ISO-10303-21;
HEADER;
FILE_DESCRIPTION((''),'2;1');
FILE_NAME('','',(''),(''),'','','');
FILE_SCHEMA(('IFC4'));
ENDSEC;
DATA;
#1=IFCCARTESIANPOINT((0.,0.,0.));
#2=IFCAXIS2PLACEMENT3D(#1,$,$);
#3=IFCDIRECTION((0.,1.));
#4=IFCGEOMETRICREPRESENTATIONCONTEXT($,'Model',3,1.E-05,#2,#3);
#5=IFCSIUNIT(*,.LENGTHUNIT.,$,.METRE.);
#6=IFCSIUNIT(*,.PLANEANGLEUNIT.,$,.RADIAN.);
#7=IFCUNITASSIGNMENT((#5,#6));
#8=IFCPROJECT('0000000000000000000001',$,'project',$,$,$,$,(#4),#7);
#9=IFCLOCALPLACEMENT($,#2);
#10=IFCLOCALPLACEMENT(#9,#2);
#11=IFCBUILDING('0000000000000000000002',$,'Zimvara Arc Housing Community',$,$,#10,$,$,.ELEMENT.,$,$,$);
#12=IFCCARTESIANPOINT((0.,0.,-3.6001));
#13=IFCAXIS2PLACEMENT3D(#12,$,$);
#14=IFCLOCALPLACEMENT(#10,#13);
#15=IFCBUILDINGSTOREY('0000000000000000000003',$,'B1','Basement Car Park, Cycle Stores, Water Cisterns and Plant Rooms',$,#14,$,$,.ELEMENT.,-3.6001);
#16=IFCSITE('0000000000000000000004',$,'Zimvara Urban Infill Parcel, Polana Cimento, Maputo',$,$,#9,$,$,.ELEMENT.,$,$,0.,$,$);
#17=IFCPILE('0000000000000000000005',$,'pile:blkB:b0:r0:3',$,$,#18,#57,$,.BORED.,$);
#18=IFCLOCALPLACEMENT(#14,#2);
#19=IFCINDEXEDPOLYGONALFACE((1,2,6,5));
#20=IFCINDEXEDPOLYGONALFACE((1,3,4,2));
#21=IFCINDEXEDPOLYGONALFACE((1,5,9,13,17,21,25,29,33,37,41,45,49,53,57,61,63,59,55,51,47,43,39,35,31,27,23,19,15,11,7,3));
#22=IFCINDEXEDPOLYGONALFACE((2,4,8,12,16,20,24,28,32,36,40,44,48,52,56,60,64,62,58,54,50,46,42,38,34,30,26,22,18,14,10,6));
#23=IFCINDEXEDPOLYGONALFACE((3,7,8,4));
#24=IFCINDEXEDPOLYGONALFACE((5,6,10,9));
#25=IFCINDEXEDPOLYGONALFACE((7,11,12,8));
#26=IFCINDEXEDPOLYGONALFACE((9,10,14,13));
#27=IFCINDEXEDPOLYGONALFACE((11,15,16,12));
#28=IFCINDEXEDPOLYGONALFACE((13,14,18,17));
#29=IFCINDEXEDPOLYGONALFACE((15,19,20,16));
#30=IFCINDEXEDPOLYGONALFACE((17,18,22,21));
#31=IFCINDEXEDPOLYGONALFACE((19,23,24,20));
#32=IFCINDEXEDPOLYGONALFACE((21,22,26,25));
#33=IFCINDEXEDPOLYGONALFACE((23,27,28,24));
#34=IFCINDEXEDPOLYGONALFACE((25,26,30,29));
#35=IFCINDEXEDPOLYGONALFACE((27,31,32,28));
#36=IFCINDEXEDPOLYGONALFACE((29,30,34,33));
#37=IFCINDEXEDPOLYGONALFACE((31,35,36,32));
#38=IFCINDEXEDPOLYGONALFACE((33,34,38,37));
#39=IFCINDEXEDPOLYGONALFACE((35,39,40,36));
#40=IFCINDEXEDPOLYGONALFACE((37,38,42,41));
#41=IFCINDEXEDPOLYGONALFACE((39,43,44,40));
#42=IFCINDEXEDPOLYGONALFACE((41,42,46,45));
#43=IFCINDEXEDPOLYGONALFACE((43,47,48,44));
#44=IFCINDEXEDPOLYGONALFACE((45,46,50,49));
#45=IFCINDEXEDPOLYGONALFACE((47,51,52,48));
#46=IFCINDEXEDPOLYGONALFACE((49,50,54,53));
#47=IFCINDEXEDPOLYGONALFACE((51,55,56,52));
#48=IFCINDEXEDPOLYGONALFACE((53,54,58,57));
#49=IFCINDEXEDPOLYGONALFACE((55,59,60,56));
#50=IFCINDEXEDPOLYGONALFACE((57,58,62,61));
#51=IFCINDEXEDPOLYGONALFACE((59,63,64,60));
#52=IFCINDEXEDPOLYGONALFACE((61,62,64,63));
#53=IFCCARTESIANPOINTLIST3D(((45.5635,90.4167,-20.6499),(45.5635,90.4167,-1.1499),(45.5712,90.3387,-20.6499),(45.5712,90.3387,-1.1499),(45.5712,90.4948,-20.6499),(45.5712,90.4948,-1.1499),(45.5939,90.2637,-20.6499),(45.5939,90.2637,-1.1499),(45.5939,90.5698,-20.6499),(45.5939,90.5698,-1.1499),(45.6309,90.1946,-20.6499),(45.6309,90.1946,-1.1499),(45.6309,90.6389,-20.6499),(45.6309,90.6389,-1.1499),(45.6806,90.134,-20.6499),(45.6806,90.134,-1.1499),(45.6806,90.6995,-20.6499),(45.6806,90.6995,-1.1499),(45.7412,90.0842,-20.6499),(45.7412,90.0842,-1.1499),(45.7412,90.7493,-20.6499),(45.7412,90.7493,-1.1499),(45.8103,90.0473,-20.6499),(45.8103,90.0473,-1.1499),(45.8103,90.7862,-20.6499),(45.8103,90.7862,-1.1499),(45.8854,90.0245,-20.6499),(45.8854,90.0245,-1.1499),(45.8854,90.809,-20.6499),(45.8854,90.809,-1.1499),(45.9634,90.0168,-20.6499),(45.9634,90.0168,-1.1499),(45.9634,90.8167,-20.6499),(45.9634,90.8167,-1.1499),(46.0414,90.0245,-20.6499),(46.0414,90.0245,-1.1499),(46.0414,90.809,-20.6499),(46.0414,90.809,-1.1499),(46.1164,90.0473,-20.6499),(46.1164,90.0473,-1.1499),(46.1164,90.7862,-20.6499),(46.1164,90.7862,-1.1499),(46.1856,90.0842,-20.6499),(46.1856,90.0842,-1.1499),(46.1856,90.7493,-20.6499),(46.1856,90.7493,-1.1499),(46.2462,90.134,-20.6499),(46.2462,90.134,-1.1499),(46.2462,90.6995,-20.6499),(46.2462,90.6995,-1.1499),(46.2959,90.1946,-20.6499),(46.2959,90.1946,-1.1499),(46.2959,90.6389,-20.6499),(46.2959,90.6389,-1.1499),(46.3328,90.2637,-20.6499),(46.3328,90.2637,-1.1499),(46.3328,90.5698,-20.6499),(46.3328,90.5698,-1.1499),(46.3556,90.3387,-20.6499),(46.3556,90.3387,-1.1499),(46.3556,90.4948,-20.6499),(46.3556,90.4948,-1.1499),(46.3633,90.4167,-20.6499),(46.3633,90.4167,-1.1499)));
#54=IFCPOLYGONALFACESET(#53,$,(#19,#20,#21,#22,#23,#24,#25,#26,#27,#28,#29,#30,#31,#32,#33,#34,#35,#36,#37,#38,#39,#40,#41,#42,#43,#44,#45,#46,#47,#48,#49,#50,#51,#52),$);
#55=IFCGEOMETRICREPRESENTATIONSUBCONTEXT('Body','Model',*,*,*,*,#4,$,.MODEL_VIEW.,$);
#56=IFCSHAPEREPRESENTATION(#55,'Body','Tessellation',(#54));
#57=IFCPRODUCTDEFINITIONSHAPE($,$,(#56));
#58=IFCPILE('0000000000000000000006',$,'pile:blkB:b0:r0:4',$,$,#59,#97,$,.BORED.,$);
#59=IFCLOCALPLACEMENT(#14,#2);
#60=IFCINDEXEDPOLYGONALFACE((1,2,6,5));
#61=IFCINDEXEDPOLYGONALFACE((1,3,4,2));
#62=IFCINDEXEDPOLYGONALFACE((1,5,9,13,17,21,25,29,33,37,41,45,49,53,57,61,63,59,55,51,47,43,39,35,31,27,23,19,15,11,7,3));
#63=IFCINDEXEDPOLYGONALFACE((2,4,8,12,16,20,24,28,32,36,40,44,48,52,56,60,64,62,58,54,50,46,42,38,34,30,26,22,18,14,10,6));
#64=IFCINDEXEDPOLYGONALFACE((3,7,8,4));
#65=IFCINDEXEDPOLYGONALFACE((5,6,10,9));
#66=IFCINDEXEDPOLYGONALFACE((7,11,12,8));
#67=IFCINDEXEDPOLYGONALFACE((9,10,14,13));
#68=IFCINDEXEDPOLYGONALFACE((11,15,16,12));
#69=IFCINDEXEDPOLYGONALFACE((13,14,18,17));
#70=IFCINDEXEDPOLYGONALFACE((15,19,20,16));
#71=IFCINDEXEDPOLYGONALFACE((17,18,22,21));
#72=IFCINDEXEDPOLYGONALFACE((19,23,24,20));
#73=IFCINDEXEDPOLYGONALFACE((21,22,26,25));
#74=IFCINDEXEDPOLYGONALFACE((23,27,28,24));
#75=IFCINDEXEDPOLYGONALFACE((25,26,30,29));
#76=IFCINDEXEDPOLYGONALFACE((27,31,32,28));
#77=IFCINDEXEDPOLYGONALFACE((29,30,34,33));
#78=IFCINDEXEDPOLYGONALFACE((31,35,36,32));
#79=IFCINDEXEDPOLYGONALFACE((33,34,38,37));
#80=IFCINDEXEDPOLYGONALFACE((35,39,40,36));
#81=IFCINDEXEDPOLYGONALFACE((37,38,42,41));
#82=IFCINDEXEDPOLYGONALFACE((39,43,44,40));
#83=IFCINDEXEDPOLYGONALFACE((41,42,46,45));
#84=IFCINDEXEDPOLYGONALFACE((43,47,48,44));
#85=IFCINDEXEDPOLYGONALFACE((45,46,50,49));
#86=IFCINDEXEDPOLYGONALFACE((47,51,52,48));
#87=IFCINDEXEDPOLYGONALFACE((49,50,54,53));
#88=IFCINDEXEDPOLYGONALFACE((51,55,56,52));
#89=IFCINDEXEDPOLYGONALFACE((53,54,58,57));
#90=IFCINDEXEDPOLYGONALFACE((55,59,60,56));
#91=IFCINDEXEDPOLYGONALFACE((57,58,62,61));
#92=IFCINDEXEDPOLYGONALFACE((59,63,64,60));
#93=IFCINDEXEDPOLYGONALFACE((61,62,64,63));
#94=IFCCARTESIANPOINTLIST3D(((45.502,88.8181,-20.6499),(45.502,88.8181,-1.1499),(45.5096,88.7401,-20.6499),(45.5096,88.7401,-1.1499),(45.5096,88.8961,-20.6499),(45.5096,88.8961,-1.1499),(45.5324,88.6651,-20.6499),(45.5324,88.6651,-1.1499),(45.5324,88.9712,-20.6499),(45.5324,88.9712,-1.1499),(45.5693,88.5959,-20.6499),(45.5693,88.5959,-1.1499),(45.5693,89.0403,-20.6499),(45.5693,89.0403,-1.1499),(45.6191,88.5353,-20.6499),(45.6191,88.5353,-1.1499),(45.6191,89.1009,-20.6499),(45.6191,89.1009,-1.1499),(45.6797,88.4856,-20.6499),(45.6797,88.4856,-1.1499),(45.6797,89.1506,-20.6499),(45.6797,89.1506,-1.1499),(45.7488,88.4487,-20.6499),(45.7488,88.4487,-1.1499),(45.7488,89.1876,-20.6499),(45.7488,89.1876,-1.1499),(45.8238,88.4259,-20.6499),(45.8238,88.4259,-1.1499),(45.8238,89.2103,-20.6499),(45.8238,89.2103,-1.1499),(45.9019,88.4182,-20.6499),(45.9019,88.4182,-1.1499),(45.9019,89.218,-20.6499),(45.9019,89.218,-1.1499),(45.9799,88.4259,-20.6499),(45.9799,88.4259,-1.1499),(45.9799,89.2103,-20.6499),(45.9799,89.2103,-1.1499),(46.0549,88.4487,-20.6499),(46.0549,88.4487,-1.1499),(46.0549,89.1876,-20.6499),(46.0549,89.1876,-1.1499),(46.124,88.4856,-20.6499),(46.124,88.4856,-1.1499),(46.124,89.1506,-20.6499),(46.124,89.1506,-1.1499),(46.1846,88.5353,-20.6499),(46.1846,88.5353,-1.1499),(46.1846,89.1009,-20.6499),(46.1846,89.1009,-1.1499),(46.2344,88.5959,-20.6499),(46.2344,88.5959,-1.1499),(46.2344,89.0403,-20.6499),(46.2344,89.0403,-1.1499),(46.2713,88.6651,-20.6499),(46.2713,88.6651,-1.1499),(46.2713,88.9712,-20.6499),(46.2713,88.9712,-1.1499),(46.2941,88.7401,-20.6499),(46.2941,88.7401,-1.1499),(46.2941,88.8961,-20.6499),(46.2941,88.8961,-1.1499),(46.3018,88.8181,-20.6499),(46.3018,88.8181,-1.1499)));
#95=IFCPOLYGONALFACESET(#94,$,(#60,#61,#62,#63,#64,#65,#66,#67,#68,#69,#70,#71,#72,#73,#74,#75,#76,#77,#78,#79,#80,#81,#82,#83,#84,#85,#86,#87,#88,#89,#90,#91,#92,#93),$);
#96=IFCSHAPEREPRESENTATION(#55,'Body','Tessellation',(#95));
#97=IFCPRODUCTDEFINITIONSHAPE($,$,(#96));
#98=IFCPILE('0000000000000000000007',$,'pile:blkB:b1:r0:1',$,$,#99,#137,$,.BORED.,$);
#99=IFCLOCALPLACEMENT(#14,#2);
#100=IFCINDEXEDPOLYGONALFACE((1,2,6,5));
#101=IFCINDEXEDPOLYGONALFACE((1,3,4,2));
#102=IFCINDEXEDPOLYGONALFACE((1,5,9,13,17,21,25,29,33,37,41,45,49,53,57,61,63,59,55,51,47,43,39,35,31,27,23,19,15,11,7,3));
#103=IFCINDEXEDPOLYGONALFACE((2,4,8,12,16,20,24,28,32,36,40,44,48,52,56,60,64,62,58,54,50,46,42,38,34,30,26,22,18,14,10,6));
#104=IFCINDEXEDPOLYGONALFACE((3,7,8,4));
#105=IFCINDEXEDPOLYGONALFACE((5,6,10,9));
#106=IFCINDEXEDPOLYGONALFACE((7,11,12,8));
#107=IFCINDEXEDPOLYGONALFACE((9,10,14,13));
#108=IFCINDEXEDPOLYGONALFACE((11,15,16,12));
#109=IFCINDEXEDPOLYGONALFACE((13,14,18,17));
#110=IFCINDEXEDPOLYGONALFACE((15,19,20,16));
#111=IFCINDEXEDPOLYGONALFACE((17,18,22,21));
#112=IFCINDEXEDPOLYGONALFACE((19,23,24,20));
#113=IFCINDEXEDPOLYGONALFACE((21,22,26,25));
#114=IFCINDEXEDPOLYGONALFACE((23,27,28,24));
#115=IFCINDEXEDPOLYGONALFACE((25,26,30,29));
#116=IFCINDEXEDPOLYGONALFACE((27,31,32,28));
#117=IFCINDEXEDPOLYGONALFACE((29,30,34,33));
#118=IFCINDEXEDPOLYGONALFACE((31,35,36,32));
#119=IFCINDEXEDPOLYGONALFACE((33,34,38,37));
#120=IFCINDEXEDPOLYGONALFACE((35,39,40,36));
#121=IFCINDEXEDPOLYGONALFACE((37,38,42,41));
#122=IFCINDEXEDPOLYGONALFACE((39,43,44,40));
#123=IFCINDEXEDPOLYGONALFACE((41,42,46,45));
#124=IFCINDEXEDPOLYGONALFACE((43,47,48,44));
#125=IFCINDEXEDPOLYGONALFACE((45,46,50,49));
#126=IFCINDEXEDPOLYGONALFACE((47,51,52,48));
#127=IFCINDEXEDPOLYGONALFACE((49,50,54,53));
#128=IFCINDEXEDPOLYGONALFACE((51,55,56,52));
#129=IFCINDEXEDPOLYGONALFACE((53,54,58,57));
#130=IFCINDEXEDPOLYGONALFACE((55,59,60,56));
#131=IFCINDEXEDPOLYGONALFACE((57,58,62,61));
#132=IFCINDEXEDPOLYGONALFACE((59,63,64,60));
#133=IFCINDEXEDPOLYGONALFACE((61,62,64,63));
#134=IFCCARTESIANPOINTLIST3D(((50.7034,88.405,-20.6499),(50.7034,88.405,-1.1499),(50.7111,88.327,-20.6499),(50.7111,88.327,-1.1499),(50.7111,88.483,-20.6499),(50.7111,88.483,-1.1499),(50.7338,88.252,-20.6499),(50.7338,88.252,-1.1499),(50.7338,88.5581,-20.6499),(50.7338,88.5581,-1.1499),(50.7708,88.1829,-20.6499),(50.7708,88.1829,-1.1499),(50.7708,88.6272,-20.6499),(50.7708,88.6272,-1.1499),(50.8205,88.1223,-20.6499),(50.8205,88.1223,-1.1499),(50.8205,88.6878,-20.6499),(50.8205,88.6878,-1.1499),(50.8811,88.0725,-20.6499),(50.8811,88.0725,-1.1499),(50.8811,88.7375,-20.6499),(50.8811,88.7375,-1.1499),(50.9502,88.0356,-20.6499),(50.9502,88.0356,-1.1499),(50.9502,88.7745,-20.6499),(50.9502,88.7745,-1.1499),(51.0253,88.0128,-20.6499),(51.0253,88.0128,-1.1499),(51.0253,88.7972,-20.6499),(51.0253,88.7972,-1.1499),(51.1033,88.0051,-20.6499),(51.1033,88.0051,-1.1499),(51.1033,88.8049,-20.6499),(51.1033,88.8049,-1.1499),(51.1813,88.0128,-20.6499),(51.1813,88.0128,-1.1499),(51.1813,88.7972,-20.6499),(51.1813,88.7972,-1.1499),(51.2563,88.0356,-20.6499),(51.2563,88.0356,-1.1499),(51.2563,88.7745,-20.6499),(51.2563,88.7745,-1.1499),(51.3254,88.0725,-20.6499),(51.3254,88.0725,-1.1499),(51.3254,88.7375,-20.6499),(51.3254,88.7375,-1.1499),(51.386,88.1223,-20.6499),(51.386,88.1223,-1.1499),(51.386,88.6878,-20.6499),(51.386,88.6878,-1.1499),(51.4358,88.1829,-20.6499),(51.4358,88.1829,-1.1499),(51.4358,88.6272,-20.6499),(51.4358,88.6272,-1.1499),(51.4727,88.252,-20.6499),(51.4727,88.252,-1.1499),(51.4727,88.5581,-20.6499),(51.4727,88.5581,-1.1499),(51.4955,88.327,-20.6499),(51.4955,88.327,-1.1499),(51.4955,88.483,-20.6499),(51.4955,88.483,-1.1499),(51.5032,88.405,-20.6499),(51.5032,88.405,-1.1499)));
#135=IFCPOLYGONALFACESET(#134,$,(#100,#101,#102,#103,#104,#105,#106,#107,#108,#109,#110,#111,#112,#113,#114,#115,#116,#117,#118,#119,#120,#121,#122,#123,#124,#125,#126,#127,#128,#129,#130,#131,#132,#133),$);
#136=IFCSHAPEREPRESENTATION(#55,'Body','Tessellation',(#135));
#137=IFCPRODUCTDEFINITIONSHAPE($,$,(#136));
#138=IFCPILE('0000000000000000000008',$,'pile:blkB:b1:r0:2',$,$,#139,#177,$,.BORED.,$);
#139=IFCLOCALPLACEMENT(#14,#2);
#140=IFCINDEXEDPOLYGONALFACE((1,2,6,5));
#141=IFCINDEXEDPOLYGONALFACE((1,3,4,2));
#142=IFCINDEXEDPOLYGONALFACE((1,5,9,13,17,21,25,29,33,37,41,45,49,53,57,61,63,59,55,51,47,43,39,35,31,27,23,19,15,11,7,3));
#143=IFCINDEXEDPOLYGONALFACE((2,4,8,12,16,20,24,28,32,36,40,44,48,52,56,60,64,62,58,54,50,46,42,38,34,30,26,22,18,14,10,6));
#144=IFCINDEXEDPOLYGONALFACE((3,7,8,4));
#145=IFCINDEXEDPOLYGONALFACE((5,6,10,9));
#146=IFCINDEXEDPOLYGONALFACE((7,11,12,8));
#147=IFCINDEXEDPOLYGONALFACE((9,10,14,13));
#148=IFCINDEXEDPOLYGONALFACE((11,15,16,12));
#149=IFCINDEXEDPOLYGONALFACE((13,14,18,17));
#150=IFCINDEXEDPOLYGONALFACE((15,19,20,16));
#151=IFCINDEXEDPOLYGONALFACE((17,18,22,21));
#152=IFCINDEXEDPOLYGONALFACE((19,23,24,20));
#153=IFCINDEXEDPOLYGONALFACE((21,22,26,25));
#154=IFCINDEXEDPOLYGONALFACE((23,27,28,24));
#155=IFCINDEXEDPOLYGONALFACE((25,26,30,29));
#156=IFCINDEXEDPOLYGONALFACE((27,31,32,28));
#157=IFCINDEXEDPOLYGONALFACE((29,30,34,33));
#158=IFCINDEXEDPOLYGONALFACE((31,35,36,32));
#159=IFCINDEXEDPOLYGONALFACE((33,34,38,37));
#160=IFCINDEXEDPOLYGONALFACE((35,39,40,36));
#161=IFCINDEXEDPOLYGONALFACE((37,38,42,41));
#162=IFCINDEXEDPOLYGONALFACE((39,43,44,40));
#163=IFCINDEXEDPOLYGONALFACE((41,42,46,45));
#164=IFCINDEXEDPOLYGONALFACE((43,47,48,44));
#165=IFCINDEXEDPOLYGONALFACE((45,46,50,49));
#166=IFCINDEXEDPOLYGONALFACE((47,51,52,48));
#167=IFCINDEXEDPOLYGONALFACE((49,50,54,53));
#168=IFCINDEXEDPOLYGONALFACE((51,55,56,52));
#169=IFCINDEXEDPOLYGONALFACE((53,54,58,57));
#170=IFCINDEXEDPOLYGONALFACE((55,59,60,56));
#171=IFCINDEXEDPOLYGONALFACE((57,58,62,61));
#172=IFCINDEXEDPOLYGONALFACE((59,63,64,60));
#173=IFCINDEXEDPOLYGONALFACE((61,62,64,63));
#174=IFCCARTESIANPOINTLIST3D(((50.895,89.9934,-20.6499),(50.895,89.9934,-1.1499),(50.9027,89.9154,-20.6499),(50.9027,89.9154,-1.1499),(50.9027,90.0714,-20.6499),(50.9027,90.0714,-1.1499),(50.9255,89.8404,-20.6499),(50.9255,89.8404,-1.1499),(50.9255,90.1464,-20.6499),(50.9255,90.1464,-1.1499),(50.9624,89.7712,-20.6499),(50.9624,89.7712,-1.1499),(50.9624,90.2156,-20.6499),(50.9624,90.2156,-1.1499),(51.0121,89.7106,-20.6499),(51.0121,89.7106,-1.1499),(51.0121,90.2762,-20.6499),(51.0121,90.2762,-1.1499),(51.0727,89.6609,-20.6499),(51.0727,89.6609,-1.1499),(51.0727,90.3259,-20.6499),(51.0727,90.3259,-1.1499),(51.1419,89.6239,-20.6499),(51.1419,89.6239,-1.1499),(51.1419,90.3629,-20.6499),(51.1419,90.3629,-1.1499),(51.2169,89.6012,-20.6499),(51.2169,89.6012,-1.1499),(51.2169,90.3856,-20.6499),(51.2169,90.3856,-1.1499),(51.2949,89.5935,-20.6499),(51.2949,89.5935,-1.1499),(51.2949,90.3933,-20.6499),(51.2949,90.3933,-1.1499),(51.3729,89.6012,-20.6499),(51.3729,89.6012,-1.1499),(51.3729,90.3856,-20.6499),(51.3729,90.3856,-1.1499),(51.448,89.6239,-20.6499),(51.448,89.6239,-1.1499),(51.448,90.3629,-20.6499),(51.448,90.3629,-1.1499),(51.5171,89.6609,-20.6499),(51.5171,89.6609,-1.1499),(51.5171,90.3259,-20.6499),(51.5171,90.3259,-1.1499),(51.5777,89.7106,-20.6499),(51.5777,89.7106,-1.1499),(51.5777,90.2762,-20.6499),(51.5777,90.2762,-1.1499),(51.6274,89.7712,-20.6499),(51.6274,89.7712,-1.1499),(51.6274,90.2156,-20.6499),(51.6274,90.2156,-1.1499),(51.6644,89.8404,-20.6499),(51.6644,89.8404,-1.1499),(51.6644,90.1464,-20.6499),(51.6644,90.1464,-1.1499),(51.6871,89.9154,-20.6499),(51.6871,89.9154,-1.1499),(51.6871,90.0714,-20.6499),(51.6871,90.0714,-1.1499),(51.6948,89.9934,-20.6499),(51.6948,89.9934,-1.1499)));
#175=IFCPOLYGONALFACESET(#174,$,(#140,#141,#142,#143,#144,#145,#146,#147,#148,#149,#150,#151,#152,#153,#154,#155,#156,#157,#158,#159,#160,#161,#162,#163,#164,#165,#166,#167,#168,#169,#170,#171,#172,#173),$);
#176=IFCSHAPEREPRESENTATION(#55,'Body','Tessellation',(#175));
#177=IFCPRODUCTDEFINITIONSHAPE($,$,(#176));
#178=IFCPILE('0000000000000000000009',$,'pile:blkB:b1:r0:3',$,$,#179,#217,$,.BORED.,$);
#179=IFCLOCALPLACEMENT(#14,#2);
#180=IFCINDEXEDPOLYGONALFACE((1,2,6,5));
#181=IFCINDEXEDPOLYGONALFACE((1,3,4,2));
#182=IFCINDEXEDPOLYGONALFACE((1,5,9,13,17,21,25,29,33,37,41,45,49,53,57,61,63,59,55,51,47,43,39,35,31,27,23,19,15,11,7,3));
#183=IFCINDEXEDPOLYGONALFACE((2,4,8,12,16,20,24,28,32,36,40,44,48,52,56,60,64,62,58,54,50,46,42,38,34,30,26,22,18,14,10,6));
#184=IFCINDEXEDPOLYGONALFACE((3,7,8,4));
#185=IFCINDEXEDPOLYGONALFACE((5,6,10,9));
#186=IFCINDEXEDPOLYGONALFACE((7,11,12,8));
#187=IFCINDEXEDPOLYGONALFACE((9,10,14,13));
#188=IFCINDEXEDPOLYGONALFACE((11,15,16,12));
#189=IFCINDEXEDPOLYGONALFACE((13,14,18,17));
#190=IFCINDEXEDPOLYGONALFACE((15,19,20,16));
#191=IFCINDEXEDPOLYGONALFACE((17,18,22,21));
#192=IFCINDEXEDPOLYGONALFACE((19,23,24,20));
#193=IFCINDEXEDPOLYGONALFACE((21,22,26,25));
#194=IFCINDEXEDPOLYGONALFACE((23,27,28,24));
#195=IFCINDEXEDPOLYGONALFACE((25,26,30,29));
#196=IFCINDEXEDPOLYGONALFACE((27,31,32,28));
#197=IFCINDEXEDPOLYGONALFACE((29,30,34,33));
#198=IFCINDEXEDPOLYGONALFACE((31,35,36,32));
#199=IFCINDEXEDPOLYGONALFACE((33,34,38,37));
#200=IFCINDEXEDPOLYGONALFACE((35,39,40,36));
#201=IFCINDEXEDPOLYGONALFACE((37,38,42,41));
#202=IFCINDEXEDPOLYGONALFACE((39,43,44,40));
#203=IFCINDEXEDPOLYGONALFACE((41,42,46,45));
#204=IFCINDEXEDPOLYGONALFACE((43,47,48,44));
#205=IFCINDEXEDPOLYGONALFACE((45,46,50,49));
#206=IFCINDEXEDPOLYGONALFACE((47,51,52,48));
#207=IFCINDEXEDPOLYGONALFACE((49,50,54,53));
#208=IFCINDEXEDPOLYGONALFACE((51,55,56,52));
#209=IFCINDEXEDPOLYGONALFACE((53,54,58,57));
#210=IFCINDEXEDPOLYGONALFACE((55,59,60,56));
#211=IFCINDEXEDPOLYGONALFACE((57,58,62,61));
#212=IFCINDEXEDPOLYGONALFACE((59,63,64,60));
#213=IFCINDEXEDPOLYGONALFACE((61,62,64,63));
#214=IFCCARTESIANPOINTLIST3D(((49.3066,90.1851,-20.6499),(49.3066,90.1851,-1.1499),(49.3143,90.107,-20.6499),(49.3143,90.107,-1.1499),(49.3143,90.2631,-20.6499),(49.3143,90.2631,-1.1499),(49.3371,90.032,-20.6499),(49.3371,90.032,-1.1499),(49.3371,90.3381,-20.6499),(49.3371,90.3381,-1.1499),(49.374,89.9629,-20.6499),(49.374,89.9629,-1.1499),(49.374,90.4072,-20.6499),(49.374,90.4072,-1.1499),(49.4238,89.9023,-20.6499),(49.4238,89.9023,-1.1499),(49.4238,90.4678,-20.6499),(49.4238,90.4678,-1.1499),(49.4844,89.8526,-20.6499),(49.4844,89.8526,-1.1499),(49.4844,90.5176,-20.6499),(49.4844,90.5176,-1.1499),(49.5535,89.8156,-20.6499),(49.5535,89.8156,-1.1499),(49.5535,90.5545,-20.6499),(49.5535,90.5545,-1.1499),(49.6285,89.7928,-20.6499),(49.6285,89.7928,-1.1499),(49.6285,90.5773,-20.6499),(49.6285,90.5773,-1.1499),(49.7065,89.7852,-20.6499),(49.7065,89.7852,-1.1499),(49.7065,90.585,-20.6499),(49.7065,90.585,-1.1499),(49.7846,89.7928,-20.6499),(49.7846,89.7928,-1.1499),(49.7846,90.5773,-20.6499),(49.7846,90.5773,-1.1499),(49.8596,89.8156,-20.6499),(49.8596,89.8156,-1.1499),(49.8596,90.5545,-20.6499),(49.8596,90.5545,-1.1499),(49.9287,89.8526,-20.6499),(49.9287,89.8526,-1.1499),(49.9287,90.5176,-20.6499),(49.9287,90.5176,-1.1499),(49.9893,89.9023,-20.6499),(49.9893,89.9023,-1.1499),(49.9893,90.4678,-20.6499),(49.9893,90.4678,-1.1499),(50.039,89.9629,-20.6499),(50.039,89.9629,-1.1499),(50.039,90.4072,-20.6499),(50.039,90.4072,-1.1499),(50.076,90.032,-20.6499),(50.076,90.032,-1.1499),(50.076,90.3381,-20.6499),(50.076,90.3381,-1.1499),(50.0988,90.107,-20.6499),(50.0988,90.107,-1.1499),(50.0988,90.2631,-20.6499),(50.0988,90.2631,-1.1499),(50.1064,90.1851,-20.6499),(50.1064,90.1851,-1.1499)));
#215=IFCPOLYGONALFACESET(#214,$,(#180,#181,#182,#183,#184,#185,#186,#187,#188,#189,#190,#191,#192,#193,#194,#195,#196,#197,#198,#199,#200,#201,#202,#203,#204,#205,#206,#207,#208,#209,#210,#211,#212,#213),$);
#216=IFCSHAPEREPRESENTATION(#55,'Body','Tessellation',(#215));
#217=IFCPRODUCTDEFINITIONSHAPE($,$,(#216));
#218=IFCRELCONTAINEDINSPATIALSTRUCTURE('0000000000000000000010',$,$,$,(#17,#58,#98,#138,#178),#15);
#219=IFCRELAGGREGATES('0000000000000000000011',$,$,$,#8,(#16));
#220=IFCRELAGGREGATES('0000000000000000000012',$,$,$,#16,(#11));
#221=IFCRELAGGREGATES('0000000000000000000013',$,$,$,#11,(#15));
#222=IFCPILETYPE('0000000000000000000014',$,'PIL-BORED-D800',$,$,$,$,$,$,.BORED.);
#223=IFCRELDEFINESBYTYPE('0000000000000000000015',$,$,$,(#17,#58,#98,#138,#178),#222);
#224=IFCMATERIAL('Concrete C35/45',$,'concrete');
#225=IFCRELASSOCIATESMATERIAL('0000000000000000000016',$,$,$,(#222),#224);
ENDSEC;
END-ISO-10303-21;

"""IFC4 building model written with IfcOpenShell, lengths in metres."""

from ifc_helpers import new_model, si_unit, direction, frame, origin, origin_2d, place, context, subcontext, project, spatial, circle, extrude, material, material_profile, profile_set, type_object, element, save


model = new_model("IFC4")

# Units and contexts
model_context = context("Model", 3, precision=1e-05, world=origin(), true_north=direction((0.0, 1.0)))
body_context = subcontext(model_context, "Body", "Model", "MODEL_VIEW")
ifc_project = project(units=[si_unit("LENGTHUNIT", "METRE"), si_unit("PLANEANGLEUNIT", "RADIAN")], contexts=[model_context])

# Site, building, storey
site_placement = place(None, origin())
site = spatial("IfcSite", under=ifc_project, at=site_placement, Name="Zimvara Urban Infill Parcel, Polana Cimento, Maputo", CompositionType="ELEMENT", RefElevation=0.0)
building_placement = place(site_placement, origin())
building = spatial("IfcBuilding", under=site, at=building_placement, Name="Zimvara Arc Housing Community", CompositionType="ELEMENT")
storey_placement = place(building_placement, frame((0.0, 0.0, -3.6001)))
storey = spatial("IfcBuildingStorey", under=building, at=storey_placement, Name="B1", Description="Basement Car Park, Cycle Stores, Water Cisterns and Plant Rooms", CompositionType="ELEMENT", Elevation=-3.6001)

# Piles
ifc_material_1 = material(Name="Concrete C35/45", Category="concrete")
ifc_material_profile_1 = material_profile(ifc_material_1, circle(Radius=0.3999, at=origin_2d()), Name="PILE D800")
ifc_profile_set_1 = profile_set([ifc_material_profile_1], Name="Concrete C35/45")
pile_type = type_object("IfcPileType", Name="PIL-BORED-D800", PredefinedType="BORED", material=ifc_profile_set_1)
for number, where, z_axis, x_axis, name in (
    (1, (45.9634, 90.4167, -1.1499), (0.0, 0.0, -1.0), (1.0, 0.0, 0.0), "pile:blkB:b0:r0:3"),
    (2, (45.9019, 88.8181, -1.1499), (0.0, 0.0, -1.0), (1.0, 0.0, 0.0), "pile:blkB:b0:r0:4"),
    (3, (51.1033, 88.405, -1.1499), (0.0, 0.0, -1.0), (1.0, 0.0, 0.0), "pile:blkB:b1:r0:1"),
    (4, (51.2949, 89.9934, -1.1499), (0.0, 0.0, -1.0), (1.0, 0.0, 0.0), "pile:blkB:b1:r0:2"),
    (5, (49.7065, 90.1851, -1.1499), (0.0, 0.0, -1.0), (1.0, 0.0, 0.0), "pile:blkB:b1:r0:3"),
):
    element("IfcPile", number, at=place(storey_placement, frame(where, z_axis=z_axis, x_axis=x_axis)), inside=storey, type_object=pile_type, Name=name, PredefinedType="BORED", context=body_context, shape_type="SweptSolid", body=[
        extrude(circle(Radius=0.3999, at=origin_2d()), origin(), (0.0, 0.0, 1.0), 19.5),
    ])

save(model, "model.ifc")
